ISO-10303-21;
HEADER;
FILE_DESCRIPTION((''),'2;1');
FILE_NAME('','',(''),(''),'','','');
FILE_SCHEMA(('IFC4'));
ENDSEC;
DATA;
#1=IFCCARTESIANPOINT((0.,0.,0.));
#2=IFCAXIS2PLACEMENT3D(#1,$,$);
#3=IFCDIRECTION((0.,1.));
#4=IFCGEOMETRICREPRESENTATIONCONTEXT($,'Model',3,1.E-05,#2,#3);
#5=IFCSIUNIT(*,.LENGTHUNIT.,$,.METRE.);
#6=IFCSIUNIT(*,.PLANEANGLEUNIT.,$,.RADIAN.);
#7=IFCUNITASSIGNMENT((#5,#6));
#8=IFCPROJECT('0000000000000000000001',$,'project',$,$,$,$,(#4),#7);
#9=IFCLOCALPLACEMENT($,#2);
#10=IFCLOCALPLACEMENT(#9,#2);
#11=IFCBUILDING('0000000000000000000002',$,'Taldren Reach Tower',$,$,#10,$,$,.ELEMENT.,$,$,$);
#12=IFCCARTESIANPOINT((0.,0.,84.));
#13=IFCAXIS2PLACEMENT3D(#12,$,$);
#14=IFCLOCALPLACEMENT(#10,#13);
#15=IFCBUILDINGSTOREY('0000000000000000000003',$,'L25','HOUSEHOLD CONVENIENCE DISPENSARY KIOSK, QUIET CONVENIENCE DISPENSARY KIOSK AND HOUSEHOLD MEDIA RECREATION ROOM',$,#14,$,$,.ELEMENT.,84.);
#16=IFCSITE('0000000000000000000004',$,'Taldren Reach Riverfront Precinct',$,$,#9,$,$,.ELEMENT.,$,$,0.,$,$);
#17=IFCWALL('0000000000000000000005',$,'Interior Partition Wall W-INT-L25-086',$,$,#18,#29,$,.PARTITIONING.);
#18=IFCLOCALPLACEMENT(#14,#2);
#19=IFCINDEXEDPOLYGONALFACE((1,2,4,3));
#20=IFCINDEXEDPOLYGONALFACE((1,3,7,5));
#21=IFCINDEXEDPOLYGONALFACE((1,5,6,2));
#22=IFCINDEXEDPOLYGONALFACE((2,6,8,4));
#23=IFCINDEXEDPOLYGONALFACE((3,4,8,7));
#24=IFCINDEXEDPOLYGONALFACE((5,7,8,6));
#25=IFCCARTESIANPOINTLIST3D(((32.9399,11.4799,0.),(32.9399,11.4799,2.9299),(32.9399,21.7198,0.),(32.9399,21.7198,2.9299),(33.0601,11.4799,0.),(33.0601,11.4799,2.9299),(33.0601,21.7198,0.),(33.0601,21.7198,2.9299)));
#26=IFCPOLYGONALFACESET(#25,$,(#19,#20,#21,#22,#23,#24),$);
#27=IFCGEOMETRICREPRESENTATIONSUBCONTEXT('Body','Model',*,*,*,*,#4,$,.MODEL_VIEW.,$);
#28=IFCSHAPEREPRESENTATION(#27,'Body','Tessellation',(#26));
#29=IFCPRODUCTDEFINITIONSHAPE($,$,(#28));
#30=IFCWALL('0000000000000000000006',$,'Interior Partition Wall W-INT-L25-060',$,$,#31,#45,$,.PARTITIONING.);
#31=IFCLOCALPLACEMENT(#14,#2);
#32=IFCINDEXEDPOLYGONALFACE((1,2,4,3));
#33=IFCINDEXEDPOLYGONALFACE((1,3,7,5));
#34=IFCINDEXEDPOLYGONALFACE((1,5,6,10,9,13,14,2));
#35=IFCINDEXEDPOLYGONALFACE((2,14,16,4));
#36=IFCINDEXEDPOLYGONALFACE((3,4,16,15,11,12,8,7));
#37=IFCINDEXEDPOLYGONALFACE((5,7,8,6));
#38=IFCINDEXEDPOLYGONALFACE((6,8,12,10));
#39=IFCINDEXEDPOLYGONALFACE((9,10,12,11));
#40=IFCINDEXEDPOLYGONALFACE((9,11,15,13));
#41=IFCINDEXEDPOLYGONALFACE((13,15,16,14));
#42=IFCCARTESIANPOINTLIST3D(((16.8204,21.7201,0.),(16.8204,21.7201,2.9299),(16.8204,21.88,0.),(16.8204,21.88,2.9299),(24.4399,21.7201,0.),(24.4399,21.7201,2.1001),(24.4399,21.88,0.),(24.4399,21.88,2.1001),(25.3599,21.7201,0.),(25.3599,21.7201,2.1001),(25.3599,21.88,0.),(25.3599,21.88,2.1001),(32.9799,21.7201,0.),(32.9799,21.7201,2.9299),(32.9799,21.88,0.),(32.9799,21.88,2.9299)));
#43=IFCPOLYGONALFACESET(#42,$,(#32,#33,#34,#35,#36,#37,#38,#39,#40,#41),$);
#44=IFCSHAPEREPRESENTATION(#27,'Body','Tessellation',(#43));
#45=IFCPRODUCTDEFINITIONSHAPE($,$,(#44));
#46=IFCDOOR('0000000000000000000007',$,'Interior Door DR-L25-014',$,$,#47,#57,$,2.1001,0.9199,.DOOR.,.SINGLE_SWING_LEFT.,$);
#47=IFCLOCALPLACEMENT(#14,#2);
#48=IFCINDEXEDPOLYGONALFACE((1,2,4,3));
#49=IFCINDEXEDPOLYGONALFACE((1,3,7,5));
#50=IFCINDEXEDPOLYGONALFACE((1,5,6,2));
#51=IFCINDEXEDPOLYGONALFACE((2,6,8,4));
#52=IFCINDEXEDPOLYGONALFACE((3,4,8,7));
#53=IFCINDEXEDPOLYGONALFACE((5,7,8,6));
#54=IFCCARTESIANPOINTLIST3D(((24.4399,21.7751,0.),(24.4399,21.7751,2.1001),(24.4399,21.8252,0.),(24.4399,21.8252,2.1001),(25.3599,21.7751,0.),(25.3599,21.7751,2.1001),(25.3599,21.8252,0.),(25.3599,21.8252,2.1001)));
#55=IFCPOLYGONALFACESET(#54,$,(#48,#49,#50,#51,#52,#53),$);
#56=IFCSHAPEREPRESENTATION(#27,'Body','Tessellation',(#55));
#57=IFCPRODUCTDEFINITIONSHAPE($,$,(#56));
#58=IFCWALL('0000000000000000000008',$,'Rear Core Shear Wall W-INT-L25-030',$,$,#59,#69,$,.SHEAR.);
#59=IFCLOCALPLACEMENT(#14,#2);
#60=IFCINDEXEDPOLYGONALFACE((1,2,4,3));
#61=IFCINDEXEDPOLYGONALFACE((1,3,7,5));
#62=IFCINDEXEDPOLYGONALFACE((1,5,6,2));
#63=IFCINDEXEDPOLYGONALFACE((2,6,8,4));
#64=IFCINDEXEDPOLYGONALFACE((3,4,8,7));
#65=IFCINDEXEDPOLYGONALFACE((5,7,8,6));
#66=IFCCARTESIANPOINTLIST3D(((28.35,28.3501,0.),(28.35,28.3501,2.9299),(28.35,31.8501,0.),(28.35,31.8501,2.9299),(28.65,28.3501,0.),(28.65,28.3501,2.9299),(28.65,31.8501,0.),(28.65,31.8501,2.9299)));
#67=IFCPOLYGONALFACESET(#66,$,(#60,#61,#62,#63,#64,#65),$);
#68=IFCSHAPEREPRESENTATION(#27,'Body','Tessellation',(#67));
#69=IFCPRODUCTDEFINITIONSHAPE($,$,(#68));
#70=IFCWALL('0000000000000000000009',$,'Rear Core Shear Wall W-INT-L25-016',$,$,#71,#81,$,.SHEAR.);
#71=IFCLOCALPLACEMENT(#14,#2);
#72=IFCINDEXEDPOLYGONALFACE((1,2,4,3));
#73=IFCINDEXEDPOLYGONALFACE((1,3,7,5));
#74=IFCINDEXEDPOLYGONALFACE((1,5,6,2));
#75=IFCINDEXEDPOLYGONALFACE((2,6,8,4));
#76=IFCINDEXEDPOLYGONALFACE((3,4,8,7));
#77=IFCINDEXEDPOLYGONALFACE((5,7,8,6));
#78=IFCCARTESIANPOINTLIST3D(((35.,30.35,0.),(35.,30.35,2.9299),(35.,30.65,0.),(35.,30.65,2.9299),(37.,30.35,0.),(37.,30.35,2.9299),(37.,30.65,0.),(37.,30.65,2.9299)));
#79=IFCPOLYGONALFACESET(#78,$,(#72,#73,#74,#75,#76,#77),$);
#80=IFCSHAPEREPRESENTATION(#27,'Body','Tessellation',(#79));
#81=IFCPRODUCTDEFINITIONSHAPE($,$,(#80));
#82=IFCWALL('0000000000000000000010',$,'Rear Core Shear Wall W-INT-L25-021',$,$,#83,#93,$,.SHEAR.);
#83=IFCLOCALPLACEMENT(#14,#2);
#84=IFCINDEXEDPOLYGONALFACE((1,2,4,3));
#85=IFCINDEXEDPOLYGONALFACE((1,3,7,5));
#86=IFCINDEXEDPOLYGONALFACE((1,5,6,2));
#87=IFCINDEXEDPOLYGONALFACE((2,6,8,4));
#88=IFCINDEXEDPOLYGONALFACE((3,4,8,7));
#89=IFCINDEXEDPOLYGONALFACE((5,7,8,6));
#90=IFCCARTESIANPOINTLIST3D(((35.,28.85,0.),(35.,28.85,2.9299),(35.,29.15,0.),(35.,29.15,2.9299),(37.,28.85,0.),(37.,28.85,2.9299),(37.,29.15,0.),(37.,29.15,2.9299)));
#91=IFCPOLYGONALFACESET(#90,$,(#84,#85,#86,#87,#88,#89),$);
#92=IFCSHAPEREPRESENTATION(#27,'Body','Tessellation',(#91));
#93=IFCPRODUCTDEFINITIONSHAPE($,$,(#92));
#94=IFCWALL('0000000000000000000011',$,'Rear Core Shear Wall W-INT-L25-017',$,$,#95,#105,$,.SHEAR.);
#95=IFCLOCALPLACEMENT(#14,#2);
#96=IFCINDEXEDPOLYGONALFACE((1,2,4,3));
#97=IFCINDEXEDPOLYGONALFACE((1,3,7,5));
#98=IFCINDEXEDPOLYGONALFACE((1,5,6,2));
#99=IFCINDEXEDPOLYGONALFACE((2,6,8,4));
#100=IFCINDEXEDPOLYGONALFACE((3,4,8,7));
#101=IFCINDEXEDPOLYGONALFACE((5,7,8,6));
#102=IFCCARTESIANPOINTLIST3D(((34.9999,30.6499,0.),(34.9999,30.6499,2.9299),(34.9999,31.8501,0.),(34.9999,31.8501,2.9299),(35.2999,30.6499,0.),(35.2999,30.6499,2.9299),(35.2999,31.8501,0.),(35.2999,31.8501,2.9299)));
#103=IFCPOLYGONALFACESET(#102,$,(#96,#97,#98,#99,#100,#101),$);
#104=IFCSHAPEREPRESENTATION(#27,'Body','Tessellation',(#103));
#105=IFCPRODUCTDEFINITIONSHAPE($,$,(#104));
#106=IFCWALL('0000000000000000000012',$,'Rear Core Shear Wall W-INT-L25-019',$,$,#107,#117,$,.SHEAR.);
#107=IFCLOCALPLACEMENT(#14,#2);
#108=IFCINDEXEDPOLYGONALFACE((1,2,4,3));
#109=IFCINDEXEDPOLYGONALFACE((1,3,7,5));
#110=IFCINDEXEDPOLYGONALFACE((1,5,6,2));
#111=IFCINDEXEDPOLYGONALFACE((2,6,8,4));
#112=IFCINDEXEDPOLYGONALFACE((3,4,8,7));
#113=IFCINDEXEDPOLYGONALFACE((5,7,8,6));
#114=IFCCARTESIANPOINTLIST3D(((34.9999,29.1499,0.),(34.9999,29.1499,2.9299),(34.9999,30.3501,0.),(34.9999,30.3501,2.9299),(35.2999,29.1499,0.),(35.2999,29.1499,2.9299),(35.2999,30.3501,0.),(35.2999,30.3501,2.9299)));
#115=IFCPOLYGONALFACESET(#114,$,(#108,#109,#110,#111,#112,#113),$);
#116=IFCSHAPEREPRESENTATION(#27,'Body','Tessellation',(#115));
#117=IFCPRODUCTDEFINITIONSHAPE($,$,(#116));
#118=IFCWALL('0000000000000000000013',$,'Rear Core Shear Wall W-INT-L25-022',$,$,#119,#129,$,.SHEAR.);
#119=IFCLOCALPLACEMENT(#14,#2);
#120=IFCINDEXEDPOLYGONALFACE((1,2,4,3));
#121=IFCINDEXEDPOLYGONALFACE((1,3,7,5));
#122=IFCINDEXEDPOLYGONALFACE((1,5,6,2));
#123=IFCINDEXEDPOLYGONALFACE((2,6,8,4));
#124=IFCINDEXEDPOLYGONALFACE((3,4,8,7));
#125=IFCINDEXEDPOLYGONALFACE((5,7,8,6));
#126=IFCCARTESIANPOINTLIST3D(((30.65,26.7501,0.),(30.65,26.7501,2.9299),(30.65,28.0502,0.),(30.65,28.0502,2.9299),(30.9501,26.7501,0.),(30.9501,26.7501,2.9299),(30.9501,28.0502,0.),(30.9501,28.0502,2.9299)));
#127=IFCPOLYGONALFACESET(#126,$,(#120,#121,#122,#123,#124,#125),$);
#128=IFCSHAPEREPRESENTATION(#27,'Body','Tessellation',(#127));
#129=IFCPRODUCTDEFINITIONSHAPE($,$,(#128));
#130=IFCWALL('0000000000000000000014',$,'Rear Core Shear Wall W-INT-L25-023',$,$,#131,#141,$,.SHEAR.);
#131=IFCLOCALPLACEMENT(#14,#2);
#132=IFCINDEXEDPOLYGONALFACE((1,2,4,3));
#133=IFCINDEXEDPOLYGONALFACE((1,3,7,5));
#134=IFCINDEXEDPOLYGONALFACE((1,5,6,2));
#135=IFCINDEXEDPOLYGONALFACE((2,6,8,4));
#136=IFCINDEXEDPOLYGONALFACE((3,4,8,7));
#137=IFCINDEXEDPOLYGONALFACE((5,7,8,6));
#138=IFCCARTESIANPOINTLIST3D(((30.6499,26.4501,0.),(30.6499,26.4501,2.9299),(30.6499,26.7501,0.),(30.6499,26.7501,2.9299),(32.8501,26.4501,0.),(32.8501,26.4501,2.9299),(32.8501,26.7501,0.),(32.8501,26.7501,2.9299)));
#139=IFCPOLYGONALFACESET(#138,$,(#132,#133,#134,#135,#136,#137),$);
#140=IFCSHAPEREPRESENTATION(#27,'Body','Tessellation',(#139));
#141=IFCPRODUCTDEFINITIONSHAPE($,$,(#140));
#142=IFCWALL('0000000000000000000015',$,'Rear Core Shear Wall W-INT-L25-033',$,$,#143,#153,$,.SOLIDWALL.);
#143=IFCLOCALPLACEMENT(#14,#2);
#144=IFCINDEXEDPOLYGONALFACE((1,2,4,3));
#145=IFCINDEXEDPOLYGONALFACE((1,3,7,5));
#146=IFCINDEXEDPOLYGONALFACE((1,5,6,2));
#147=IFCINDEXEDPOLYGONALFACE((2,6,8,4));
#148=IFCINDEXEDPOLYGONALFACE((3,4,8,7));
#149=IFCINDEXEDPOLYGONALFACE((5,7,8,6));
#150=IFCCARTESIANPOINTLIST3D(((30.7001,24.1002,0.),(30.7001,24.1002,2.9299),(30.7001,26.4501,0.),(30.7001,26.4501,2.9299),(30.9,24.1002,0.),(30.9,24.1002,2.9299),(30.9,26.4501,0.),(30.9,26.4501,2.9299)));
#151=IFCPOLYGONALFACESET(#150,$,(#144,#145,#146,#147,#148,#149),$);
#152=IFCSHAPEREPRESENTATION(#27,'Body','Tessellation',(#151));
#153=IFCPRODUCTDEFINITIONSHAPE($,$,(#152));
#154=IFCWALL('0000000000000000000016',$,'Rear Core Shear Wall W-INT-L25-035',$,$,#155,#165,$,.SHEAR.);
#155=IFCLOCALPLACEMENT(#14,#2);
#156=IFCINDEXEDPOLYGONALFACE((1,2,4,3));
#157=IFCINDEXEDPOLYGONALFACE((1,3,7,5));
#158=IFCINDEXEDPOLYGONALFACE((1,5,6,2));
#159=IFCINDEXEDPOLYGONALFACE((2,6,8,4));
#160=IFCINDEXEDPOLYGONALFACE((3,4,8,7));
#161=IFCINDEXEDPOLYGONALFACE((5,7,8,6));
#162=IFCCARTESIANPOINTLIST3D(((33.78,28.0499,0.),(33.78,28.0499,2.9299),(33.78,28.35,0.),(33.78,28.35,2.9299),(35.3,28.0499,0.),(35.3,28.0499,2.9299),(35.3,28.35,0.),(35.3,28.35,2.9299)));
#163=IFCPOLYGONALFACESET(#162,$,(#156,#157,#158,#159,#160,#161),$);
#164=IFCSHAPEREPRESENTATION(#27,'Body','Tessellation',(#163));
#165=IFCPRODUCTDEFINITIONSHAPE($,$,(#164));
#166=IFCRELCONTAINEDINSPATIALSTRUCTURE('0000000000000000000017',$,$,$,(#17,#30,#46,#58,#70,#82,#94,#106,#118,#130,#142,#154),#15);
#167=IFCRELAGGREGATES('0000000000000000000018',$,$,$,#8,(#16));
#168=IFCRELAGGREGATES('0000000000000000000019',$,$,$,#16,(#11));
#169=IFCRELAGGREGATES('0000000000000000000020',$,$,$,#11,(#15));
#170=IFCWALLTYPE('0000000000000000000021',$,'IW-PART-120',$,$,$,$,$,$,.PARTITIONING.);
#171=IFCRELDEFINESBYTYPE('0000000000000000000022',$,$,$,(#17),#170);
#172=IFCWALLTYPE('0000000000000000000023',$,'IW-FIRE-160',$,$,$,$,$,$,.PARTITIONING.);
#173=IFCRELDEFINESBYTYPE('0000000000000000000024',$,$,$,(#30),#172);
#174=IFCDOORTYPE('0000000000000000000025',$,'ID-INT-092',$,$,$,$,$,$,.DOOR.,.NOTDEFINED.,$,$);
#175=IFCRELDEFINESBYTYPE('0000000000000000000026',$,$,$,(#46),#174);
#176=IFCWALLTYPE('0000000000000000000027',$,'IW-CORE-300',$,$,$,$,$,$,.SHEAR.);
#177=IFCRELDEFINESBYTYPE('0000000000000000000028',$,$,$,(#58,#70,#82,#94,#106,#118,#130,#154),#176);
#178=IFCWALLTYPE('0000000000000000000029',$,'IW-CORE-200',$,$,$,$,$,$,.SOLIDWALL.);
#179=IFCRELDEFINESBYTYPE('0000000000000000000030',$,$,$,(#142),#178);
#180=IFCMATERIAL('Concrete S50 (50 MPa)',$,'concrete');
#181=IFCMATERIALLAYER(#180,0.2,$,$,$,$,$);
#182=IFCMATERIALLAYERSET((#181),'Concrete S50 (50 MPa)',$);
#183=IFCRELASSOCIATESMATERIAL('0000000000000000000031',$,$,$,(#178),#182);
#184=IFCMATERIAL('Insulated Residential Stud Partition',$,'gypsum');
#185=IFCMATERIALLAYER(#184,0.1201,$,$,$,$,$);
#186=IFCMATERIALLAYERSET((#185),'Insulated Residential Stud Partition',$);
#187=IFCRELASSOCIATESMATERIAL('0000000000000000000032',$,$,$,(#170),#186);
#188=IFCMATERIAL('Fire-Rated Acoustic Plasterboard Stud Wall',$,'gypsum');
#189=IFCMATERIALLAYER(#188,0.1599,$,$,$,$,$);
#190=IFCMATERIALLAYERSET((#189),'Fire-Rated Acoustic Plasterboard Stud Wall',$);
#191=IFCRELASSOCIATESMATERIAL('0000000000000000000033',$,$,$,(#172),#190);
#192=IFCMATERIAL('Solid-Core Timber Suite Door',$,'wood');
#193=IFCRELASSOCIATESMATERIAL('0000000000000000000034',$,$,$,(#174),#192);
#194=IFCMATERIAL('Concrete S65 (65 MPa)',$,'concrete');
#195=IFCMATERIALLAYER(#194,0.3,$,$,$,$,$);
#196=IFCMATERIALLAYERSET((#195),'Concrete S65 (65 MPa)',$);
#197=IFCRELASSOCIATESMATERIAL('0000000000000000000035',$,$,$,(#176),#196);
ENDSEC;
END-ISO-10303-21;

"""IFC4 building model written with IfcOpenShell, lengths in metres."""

from ifc_helpers import new_model, si_unit, direction, frame, frame_2d, origin, place, context, subcontext, project, spatial, rectangle, extrude, source, transform, mapped, material, layer, layer_set, type_object, element, fill, save


model = new_model("IFC4")

# Units and contexts
model_context = context("Model", 3, precision=1e-05, world=origin(), true_north=direction((0.0, 1.0)))
body_context = subcontext(model_context, "Body", "Model", "MODEL_VIEW")
ifc_project = project(units=[si_unit("LENGTHUNIT", "METRE"), si_unit("PLANEANGLEUNIT", "RADIAN")], contexts=[model_context])

# Site, building, storey
site_placement = place(None, origin())
site = spatial("IfcSite", under=ifc_project, at=site_placement, Name="Taldren Reach Riverfront Precinct", CompositionType="ELEMENT", RefElevation=0.0)
building_placement = place(site_placement, origin())
building = spatial("IfcBuilding", under=site, at=building_placement, Name="Taldren Reach Tower", CompositionType="ELEMENT")
storey_placement = place(building_placement, frame((0.0, 0.0, 84.0)))
storey = spatial("IfcBuildingStorey", under=building, at=storey_placement, Name="L25", Description="HOUSEHOLD CONVENIENCE DISPENSARY KIOSK, QUIET CONVENIENCE DISPENSARY KIOSK AND HOUSEHOLD MEDIA RECREATION ROOM", CompositionType="ELEMENT", Elevation=84.0)

# Shared definitions
ifc_material_1 = material(Name="Concrete S65 (65 MPa)", Category="concrete")

# Shared definitions
ifc_material_2 = material(Name="Concrete S50 (50 MPa)", Category="concrete")
ifc_layer_1 = layer(ifc_material_2, 0.2)
ifc_layer_set_1 = layer_set([ifc_layer_1], Name="Concrete S50 (50 MPa)")
wall_type_1 = type_object("IfcWallType", Name="IW-CORE-200", PredefinedType="SOLIDWALL", material=ifc_layer_set_1)

# Wall
ifc_material_3 = material(Name="Insulated Residential Stud Partition", Category="gypsum")
ifc_layer_2 = layer(ifc_material_3, 0.1201)
ifc_layer_set_2 = layer_set([ifc_layer_2], Name="Insulated Residential Stud Partition")
wall_type_2 = type_object("IfcWallType", Name="IW-PART-120", PredefinedType="PARTITIONING", material=ifc_layer_set_2)
shared_shape_1 = source(origin(), body_context, "Body", "SweptSolid", [
    extrude(rectangle(XDim=10.24, YDim=0.1201, at=frame_2d((5.1201, 0.0))), origin(), (0.0, 0.0, 1.0), 2.9299),
])
wall_1_placement = place(storey_placement, frame((33.0, 21.72, 0.0), z_axis=(0.0, 0.0, 1.0), x_axis=(0.0, -1.0, 0.0)))
element("IfcWall", 1, at=wall_1_placement, inside=storey, type_object=wall_type_2, Name="Interior Partition Wall W-INT-L25-086", PredefinedType="PARTITIONING", context=body_context, shape_type="MappedRepresentation", body=[
    mapped(shared_shape_1, transform((0.0, 0.0, 0.0), scale=1.0)),
])

# Wall, opening, door
ifc_material_4 = material(Name="Fire-Rated Acoustic Plasterboard Stud Wall", Category="gypsum")
ifc_layer_3 = layer(ifc_material_4, 0.1599)
ifc_layer_set_3 = layer_set([ifc_layer_3], Name="Fire-Rated Acoustic Plasterboard Stud Wall")
wall_type_3 = type_object("IfcWallType", Name="IW-FIRE-160", PredefinedType="PARTITIONING", material=ifc_layer_set_3)
shared_shape_2 = source(origin(), body_context, "Body", "SweptSolid", [
    extrude(rectangle(XDim=16.1594, YDim=0.1599, at=frame_2d((8.0796, 0.0))), origin(), (0.0, 0.0, 1.0), 2.9299),
])
wall_2_placement = place(storey_placement, frame((32.9797, 21.8, 0.0), z_axis=(0.0, 0.0, 1.0), x_axis=(-1.0, 0.0, 0.0)))
wall_2 = element("IfcWall", 2, at=wall_2_placement, inside=storey, type_object=wall_type_3, Name="Interior Partition Wall W-INT-L25-060", PredefinedType="PARTITIONING", context=body_context, shape_type="MappedRepresentation", body=[
    mapped(shared_shape_2, transform((0.0, 0.0, 0.0), scale=1.0)),
])
shared_shape_3 = source(origin(), body_context, "Body", "SweptSolid", [
    extrude(rectangle(XDim=0.9199, YDim=2.1001, at=frame_2d((0.46, 1.05))), frame((0.0, 0.0898, 0.0), z_axis=(0.0, -1.0, 0.0), x_axis=(1.0, 0.0, 0.0)), (0.0, 0.0, 1.0), 0.1799),
])
opening_1_placement = place(wall_2_placement, frame((7.6199, 0.0, 0.0)))
opening_1 = element("IfcOpeningElement", 3, at=opening_1_placement, cuts=wall_2, PredefinedType="OPENING", context=body_context, shape_type="MappedRepresentation", body=[
    mapped(shared_shape_3, transform((0.0, 0.0, 0.0), scale=1.0)),
])
ifc_material_5 = material(Name="Solid-Core Timber Suite Door", Category="wood")
door_type_1 = type_object("IfcDoorType", Name="ID-INT-092", OperationType="NOTDEFINED", PredefinedType="DOOR", material=ifc_material_5)
shared_shape_4 = source(origin(), body_context, "Body", "SweptSolid", [
    extrude(rectangle(XDim=0.9199, YDim=2.1001, at=frame_2d((0.46, 1.05))), frame((0.0, 0.0249, 0.0), z_axis=(0.0, -1.0, 0.0), x_axis=(1.0, 0.0, 0.0)), (0.0, 0.0, 1.0), 0.05),
])
door_1_placement = place(opening_1_placement, origin())
door_1 = element("IfcDoor", 4, at=door_1_placement, inside=storey, type_object=door_type_1, Name="Interior Door DR-L25-014", OperationType="SINGLE_SWING_LEFT", OverallHeight=2.1001, OverallWidth=0.9199, PredefinedType="DOOR", context=body_context, shape_type="MappedRepresentation", body=[
    mapped(shared_shape_4, transform((0.0, 0.0, 0.0), scale=1.0)),
])
fill(opening_1, door_1)

# Walls
ifc_layer_4 = layer(ifc_material_1, 0.3)
ifc_layer_set_4 = layer_set([ifc_layer_4], Name="Concrete S65 (65 MPa)")
wall_type_4 = type_object("IfcWallType", Name="IW-CORE-300", PredefinedType="SHEAR", material=ifc_layer_set_4)
shared_shape_5 = source(origin(), body_context, "Body", "SweptSolid", [
    extrude(rectangle(XDim=3.5, YDim=0.3, at=frame_2d((1.75, 0.0))), origin(), (0.0, 0.0, 1.0), 2.9299),
])
wall_3_placement = place(storey_placement, frame((28.5, 28.3501, 0.0), z_axis=(0.0, 0.0, 1.0), x_axis=(0.0, 1.0, 0.0)))
element("IfcWall", 5, at=wall_3_placement, inside=storey, type_object=wall_type_4, Name="Rear Core Shear Wall W-INT-L25-030", PredefinedType="SHEAR", context=body_context, shape_type="MappedRepresentation", body=[
    mapped(shared_shape_5, transform((0.0, 0.0, 0.0), scale=1.0)),
])
shared_shape_6 = source(origin(), body_context, "Body", "SweptSolid", [
    extrude(rectangle(XDim=2.0, YDim=0.3, at=frame_2d((1.0, 0.0))), origin(), (0.0, 0.0, 1.0), 2.9299),
])
for number, where, z_axis, x_axis, name in (
    (6, (35.0, 30.5, 0.0), (0.0, 0.0, 1.0), (1.0, 0.0, 0.0), "Rear Core Shear Wall W-INT-L25-016"),
    (7, (35.0, 29.0, 0.0), (0.0, 0.0, 1.0), (1.0, 0.0, 0.0), "Rear Core Shear Wall W-INT-L25-021"),
):
    element("IfcWall", number, at=place(storey_placement, frame(where, z_axis=z_axis, x_axis=x_axis)), inside=storey, type_object=wall_type_4, Name=name, PredefinedType="SHEAR", context=body_context, shape_type="MappedRepresentation", body=[
        mapped(shared_shape_6, transform((0.0, 0.0, 0.0), scale=1.0)),
    ])
shared_shape_7 = source(origin(), body_context, "Body", "SweptSolid", [
    extrude(rectangle(XDim=1.2002, YDim=0.3, at=frame_2d((0.6001, 0.0))), origin(), (0.0, 0.0, 1.0), 2.9299),
])
for number, where, z_axis, x_axis, name in (
    (8, (35.1499, 31.8501, 0.0), (0.0, 0.0, 1.0), (0.0, -1.0, 0.0), "Rear Core Shear Wall W-INT-L25-017"),
    (9, (35.1499, 30.3501, 0.0), (0.0, 0.0, 1.0), (0.0, -1.0, 0.0), "Rear Core Shear Wall W-INT-L25-019"),
):
    element("IfcWall", number, at=place(storey_placement, frame(where, z_axis=z_axis, x_axis=x_axis)), inside=storey, type_object=wall_type_4, Name=name, PredefinedType="SHEAR", context=body_context, shape_type="MappedRepresentation", body=[
        mapped(shared_shape_7, transform((0.0, 0.0, 0.0), scale=1.0)),
    ])
shared_shape_8 = source(origin(), body_context, "Body", "SweptSolid", [
    extrude(rectangle(XDim=1.3, YDim=0.3, at=frame_2d((0.6499, 0.0))), origin(), (0.0, 0.0, 1.0), 2.9299),
])
wall_4_placement = place(storey_placement, frame((30.8, 28.05, 0.0), z_axis=(0.0, 0.0, 1.0), x_axis=(0.0, -1.0, 0.0)))
element("IfcWall", 10, at=wall_4_placement, inside=storey, type_object=wall_type_4, Name="Rear Core Shear Wall W-INT-L25-022", PredefinedType="SHEAR", context=body_context, shape_type="MappedRepresentation", body=[
    mapped(shared_shape_8, transform((0.0, 0.0, 0.0), scale=1.0)),
])
shared_shape_9 = source(origin(), body_context, "Body", "SweptSolid", [
    extrude(rectangle(XDim=2.2002, YDim=0.3, at=frame_2d((1.1001, 0.0))), origin(), (0.0, 0.0, 1.0), 2.9299),
])
wall_5_placement = place(storey_placement, frame((30.6499, 26.6001, 0.0), z_axis=(0.0, 0.0, 1.0), x_axis=(1.0, 0.0, 0.0)))
element("IfcWall", 11, at=wall_5_placement, inside=storey, type_object=wall_type_4, Name="Rear Core Shear Wall W-INT-L25-023", PredefinedType="SHEAR", context=body_context, shape_type="MappedRepresentation", body=[
    mapped(shared_shape_9, transform((0.0, 0.0, 0.0), scale=1.0)),
])

# Walls
shared_shape_10 = source(origin(), body_context, "Body", "SweptSolid", [
    extrude(rectangle(XDim=2.3499, YDim=0.2, at=frame_2d((1.1748, 0.0))), origin(), (0.0, 0.0, 1.0), 2.9299),
])
wall_6_placement = place(storey_placement, frame((30.8, 26.45, 0.0), z_axis=(0.0, 0.0, 1.0), x_axis=(0.0, -1.0, 0.0)))
element("IfcWall", 12, at=wall_6_placement, inside=storey, type_object=wall_type_1, Name="Rear Core Shear Wall W-INT-L25-033", PredefinedType="SOLIDWALL", context=body_context, shape_type="MappedRepresentation", body=[
    mapped(shared_shape_10, transform((0.0, 0.0, 0.0), scale=1.0)),
])
shared_shape_11 = source(origin(), body_context, "Body", "SweptSolid", [
    extrude(rectangle(XDim=1.52, YDim=0.3, at=frame_2d((0.76, 0.0))), origin(), (0.0, 0.0, 1.0), 2.9299),
])
wall_7_placement = place(storey_placement, frame((33.78, 28.2, 0.0), z_axis=(0.0, 0.0, 1.0), x_axis=(1.0, 0.0, 0.0)))
element("IfcWall", 13, at=wall_7_placement, inside=storey, type_object=wall_type_4, Name="Rear Core Shear Wall W-INT-L25-035", PredefinedType="SHEAR", context=body_context, shape_type="MappedRepresentation", body=[
    mapped(shared_shape_11, transform((0.0, 0.0, 0.0), scale=1.0)),
])

save(model, "model.ifc")
